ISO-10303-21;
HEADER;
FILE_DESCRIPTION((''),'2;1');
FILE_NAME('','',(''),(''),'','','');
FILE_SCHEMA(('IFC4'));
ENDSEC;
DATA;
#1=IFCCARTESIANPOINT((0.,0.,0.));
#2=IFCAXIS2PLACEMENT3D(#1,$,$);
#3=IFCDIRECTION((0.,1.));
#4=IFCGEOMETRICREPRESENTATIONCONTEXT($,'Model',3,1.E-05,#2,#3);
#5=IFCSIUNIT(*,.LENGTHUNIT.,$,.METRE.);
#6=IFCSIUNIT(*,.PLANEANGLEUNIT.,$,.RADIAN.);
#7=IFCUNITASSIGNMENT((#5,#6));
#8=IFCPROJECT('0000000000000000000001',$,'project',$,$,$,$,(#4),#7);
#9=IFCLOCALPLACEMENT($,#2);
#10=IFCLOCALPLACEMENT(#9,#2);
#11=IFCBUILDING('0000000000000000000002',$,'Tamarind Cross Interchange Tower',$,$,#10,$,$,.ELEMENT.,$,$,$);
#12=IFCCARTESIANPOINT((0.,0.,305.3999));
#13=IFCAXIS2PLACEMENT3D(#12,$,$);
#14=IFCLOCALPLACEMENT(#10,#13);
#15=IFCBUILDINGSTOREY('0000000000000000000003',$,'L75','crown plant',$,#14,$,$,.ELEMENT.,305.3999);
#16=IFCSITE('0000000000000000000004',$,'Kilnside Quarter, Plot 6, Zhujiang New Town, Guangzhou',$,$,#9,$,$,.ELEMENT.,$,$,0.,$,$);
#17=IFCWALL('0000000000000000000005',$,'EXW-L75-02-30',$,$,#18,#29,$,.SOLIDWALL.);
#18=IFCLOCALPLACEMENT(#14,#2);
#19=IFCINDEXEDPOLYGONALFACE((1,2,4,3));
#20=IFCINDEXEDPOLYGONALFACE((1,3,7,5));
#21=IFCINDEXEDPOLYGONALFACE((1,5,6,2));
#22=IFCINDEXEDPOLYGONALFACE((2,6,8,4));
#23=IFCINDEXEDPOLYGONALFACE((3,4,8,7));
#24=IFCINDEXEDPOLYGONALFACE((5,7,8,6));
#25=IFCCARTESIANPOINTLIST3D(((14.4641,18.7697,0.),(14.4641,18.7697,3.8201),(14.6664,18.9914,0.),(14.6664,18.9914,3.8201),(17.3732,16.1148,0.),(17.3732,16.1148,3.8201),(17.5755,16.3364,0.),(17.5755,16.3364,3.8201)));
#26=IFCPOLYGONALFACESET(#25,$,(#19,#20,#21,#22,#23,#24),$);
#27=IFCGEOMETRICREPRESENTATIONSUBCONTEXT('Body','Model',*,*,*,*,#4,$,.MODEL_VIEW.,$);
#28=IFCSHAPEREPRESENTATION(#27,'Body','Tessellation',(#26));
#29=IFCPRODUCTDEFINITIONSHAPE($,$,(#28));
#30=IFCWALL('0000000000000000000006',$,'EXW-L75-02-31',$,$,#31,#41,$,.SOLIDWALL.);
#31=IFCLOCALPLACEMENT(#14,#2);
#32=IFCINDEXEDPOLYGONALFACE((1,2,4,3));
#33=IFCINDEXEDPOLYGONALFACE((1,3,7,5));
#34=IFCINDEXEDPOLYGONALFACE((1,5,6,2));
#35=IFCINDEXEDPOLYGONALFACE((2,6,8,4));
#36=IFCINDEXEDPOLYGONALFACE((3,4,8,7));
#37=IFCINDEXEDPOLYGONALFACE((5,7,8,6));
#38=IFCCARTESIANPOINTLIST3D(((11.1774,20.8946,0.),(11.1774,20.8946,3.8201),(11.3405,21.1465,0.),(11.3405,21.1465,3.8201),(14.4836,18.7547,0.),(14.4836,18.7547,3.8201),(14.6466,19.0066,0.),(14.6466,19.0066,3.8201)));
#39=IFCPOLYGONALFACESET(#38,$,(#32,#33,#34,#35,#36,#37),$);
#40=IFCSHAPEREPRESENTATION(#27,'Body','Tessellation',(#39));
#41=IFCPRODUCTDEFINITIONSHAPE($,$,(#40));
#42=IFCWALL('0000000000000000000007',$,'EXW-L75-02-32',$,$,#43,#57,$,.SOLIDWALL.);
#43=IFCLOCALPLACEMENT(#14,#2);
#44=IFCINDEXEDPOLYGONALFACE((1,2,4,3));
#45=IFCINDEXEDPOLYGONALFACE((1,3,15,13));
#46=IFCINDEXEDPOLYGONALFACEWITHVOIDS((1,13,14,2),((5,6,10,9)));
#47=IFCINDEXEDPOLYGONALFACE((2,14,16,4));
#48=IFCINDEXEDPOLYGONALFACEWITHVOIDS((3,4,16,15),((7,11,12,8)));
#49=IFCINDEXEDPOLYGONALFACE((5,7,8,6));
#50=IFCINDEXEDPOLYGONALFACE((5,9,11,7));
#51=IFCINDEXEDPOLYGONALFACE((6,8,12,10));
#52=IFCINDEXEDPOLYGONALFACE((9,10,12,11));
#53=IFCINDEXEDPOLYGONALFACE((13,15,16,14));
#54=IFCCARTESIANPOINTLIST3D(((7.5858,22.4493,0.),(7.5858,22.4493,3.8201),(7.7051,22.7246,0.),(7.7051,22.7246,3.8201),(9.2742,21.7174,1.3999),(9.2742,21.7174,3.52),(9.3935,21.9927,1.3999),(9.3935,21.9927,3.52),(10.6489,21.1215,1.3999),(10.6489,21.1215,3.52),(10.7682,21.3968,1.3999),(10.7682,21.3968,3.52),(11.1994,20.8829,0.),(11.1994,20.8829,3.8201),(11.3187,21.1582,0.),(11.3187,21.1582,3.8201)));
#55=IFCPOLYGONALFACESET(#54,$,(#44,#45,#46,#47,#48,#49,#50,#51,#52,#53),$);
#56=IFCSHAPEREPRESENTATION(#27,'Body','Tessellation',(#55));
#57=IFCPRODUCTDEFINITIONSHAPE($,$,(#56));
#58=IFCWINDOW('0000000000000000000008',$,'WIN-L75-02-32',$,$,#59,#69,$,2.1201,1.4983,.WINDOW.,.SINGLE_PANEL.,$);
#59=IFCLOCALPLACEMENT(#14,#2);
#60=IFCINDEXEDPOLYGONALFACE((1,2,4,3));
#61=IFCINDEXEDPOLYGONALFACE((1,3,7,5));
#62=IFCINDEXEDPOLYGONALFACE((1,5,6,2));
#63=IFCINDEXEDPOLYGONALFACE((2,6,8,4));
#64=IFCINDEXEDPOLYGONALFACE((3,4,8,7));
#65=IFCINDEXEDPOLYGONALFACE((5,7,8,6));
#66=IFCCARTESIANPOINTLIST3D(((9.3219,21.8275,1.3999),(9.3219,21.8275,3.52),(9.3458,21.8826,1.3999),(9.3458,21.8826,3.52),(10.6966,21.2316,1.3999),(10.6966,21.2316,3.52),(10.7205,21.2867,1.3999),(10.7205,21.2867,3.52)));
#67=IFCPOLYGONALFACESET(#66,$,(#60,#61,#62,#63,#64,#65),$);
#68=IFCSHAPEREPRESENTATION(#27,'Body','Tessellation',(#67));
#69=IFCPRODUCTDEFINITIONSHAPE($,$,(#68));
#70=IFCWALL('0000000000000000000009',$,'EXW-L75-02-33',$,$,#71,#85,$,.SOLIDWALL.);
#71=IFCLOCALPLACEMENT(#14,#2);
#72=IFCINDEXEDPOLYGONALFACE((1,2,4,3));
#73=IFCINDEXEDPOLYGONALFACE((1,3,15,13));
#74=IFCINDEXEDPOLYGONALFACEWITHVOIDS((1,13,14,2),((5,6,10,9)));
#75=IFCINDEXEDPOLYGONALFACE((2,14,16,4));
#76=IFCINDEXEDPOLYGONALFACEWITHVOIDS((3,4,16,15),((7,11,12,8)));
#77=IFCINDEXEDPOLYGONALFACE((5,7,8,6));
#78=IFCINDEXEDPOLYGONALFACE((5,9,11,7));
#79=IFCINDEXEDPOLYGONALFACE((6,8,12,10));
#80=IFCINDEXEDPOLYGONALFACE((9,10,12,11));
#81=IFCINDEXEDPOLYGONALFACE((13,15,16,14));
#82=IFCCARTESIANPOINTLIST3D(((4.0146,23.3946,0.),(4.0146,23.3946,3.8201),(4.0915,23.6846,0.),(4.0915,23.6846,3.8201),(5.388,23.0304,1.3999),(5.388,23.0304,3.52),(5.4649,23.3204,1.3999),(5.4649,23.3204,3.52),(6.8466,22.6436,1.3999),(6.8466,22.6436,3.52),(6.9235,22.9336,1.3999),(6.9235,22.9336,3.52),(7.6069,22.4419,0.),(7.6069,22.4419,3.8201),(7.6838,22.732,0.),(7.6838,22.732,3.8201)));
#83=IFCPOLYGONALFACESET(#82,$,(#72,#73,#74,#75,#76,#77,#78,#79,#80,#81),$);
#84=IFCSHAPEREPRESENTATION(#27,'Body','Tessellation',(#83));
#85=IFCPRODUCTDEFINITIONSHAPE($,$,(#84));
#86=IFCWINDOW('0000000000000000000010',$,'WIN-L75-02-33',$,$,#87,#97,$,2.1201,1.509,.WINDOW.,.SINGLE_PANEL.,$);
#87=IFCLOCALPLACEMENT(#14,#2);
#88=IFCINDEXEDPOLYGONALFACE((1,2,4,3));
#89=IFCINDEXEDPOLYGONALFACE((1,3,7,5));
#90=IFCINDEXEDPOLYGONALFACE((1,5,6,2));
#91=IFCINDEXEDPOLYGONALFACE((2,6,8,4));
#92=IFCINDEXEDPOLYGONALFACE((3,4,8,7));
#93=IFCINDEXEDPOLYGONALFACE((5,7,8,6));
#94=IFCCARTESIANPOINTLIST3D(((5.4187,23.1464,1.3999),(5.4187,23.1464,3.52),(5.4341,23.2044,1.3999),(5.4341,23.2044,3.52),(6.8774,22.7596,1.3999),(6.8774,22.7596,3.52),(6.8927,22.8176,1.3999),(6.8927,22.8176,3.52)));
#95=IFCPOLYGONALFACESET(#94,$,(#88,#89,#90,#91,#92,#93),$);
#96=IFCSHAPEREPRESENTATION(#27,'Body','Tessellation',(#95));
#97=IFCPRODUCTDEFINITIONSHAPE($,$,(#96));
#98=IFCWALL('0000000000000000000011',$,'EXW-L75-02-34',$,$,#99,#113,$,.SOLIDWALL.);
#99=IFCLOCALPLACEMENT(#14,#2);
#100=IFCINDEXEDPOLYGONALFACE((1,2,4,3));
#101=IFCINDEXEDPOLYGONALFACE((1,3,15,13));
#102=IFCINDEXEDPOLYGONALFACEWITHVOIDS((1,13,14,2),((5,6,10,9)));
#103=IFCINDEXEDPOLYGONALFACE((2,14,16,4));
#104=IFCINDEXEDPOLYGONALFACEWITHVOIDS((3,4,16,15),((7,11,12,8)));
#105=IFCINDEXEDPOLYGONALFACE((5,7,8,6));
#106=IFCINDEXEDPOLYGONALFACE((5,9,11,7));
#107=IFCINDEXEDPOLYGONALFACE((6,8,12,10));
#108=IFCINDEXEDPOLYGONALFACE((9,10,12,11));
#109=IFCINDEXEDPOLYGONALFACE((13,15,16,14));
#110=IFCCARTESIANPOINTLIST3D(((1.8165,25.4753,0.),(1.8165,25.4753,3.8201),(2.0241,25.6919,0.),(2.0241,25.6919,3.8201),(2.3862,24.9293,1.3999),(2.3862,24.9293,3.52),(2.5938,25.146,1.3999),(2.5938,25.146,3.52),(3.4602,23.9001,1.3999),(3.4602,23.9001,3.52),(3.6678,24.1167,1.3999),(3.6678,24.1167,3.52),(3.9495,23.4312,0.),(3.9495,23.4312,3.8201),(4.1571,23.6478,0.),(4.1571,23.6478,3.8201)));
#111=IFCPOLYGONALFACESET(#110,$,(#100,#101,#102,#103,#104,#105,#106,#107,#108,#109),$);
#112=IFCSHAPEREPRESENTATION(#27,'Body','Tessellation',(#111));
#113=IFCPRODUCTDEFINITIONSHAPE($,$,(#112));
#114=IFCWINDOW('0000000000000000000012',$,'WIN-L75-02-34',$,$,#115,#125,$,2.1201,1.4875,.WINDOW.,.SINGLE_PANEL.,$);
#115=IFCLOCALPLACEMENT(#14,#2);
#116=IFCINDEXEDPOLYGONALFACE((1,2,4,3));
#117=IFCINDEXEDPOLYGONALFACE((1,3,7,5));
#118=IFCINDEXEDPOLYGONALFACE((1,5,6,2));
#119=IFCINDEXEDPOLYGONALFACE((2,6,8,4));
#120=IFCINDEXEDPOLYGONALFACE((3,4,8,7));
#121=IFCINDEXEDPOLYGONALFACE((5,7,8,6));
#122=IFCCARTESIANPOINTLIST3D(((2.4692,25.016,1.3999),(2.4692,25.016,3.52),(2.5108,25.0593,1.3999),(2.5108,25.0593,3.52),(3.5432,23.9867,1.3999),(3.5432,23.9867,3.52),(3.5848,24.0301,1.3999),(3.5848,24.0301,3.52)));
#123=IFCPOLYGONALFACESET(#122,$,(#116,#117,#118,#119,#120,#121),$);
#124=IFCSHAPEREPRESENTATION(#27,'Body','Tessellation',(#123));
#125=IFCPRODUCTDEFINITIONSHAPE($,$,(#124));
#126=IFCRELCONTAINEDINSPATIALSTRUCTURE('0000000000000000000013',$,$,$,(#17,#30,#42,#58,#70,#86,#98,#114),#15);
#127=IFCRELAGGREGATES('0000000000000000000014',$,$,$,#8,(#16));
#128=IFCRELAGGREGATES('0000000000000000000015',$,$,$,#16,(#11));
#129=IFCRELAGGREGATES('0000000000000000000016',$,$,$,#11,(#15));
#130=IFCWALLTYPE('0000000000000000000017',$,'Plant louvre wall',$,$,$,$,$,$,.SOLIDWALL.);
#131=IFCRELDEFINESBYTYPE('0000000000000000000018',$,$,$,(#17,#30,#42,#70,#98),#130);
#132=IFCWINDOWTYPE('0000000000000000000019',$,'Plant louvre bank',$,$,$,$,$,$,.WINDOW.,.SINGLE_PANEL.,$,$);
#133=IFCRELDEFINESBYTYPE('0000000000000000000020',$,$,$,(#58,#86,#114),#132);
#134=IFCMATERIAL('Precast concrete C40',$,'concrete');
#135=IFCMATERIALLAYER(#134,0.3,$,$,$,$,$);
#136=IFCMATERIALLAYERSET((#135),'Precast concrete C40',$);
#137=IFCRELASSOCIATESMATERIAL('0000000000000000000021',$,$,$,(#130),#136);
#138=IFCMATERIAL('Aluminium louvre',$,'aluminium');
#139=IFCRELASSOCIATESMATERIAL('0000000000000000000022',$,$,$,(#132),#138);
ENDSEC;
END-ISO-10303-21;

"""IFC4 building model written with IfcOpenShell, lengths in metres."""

from ifc_helpers import new_model, si_unit, direction, frame, frame_2d, origin, place, context, subcontext, project, spatial, rectangle, extrude, material, layer, layer_set, type_object, element, fill, save


model = new_model("IFC4")

# Units and contexts
model_context = context("Model", 3, precision=1e-05, world=origin(), true_north=direction((0.0, 1.0)))
body_context = subcontext(model_context, "Body", "Model", "MODEL_VIEW")
ifc_project = project(units=[si_unit("LENGTHUNIT", "METRE"), si_unit("PLANEANGLEUNIT", "RADIAN")], contexts=[model_context])

# Site, building, storey
site_placement = place(None, origin())
site = spatial("IfcSite", under=ifc_project, at=site_placement, Name="Kilnside Quarter, Plot 6, Zhujiang New Town, Guangzhou", CompositionType="ELEMENT", RefElevation=0.0)
building_placement = place(site_placement, origin())
building = spatial("IfcBuilding", under=site, at=building_placement, Name="Tamarind Cross Interchange Tower", CompositionType="ELEMENT")
storey_placement = place(building_placement, frame((0.0, 0.0, 305.3999)))
storey = spatial("IfcBuildingStorey", under=building, at=storey_placement, Name="L75", Description="crown plant", CompositionType="ELEMENT", Elevation=305.3999)

# Walls
ifc_material_1 = material(Name="Precast concrete C40", Category="concrete")
ifc_layer = layer(ifc_material_1, 0.3)
ifc_layer_set = layer_set([ifc_layer], Name="Precast concrete C40")
wall_type = type_object("IfcWallType", Name="Plant louvre wall", PredefinedType="SOLIDWALL", material=ifc_layer_set)
wall_1_placement = place(storey_placement, frame((17.4744, 16.2256, 0.0), z_axis=(0.0, 0.0, 1.0), x_axis=(-0.738634, 0.674106, 0.0)))
element("IfcWall", 1, at=wall_1_placement, inside=storey, type_object=wall_type, Name="EXW-L75-02-30", PredefinedType="SOLIDWALL", context=body_context, shape_type="SweptSolid", body=[
    extrude(rectangle(XDim=3.9385, YDim=0.3, at=frame_2d((1.9692, 0.0))), origin(), (0.0, 0.0, 1.0), 3.8201),
])
wall_2_placement = place(storey_placement, frame((14.5652, 18.8806, 0.0), z_axis=(0.0, 0.0, 1.0), x_axis=(-0.839499, 0.543362, 0.0)))
element("IfcWall", 2, at=wall_2_placement, inside=storey, type_object=wall_type, Name="EXW-L75-02-31", PredefinedType="SOLIDWALL", context=body_context, shape_type="SweptSolid", body=[
    extrude(rectangle(XDim=3.9382, YDim=0.3, at=frame_2d((1.9692, 0.0))), origin(), (0.0, 0.0, 1.0), 3.8201),
])

# Walls, openings, windows
wall_3_placement = place(storey_placement, frame((11.259, 21.0205, 0.0), z_axis=(0.0, 0.0, 1.0), x_axis=(-0.917505, 0.397724, 0.0)))
wall_3 = element("IfcWall", 3, at=wall_3_placement, inside=storey, type_object=wall_type, Name="EXW-L75-02-32", PredefinedType="SOLIDWALL", context=body_context, shape_type="SweptSolid", body=[
    extrude(rectangle(XDim=3.9385, YDim=0.3, at=frame_2d((1.9692, 0.0))), origin(), (0.0, 0.0, 1.0), 3.8201),
])
opening_1_placement = place(wall_3_placement, frame((0.6001, 0.0, 1.3999)))
opening_1 = element("IfcOpeningElement", 4, at=opening_1_placement, cuts=wall_3, PredefinedType="OPENING", context=body_context, shape_type="SweptSolid", body=[
    extrude(rectangle(XDim=1.4983, YDim=2.1201, at=frame_2d((0.749, 1.0601))), frame((0.0, 0.1599, 0.0), z_axis=(0.0, -1.0, 0.0), x_axis=(1.0, 0.0, 0.0)), (0.0, 0.0, 1.0), 0.3201),
])
ifc_material_2 = material(Name="Aluminium louvre", Category="aluminium")
window_type = type_object("IfcWindowType", Name="Plant louvre bank", PartitioningType="SINGLE_PANEL", PredefinedType="WINDOW", material=ifc_material_2)
window_1_placement = place(opening_1_placement, origin())
window_1 = element("IfcWindow", 5, at=window_1_placement, inside=storey, type_object=window_type, Name="WIN-L75-02-32", OverallHeight=2.1201, OverallWidth=1.4983, PartitioningType="SINGLE_PANEL", PredefinedType="WINDOW", context=body_context, shape_type="SweptSolid", body=[
    extrude(rectangle(XDim=1.4983, YDim=2.1201, at=frame_2d((0.749, 1.0601))), frame((0.0, 0.03, 0.0), z_axis=(0.0, -1.0, 0.0), x_axis=(1.0, 0.0, 0.0)), (0.0, 0.0, 1.0), 0.0601),
])
fill(opening_1, window_1)
wall_4_placement = place(storey_placement, frame((7.6455, 22.5869, 0.0), z_axis=(0.0, 0.0, 1.0), x_axis=(-0.966589, 0.256329, 0.0)))
wall_4 = element("IfcWall", 6, at=wall_4_placement, inside=storey, type_object=wall_type, Name="EXW-L75-02-33", PredefinedType="SOLIDWALL", context=body_context, shape_type="SweptSolid", body=[
    extrude(rectangle(XDim=3.7166, YDim=0.3, at=frame_2d((1.8584, 0.0))), origin(), (0.0, 0.0, 1.0), 3.8201),
])
opening_2_placement = place(wall_4_placement, frame((0.7869, 0.0, 1.3999)))
opening_2 = element("IfcOpeningElement", 7, at=opening_2_placement, cuts=wall_4, PredefinedType="OPENING", context=body_context, shape_type="SweptSolid", body=[
    extrude(rectangle(XDim=1.509, YDim=2.1201, at=frame_2d((0.7544, 1.0601))), frame((0.0, 0.1599, 0.0), z_axis=(0.0, -1.0, 0.0), x_axis=(1.0, 0.0, 0.0)), (0.0, 0.0, 1.0), 0.3201),
])
window_2_placement = place(opening_2_placement, origin())
window_2 = element("IfcWindow", 8, at=window_2_placement, inside=storey, type_object=window_type, Name="WIN-L75-02-33", OverallHeight=2.1201, OverallWidth=1.509, PartitioningType="SINGLE_PANEL", PredefinedType="WINDOW", context=body_context, shape_type="SweptSolid", body=[
    extrude(rectangle(XDim=1.509, YDim=2.1201, at=frame_2d((0.7544, 1.0601))), frame((0.0, 0.03, 0.0), z_axis=(0.0, -1.0, 0.0), x_axis=(1.0, 0.0, 0.0)), (0.0, 0.0, 1.0), 0.0601),
])
fill(opening_2, window_2)
wall_5_placement = place(storey_placement, frame((4.0532, 23.5396, 0.0), z_axis=(0.0, 0.0, 1.0), x_axis=(-0.721986, 0.691907, 0.0)))
wall_5 = element("IfcWall", 9, at=wall_5_placement, inside=storey, type_object=wall_type, Name="EXW-L75-02-34", PredefinedType="SOLIDWALL", context=body_context, shape_type="SweptSolid", body=[
    extrude(rectangle(XDim=2.9543, YDim=0.3, at=frame_2d((1.4771, 0.0))), origin(), (0.0, 0.0, 1.0), 3.8201),
])
opening_3_placement = place(wall_5_placement, frame((0.6777, 0.0, 1.3999)))
opening_3 = element("IfcOpeningElement", 10, at=opening_3_placement, cuts=wall_5, PredefinedType="OPENING", context=body_context, shape_type="SweptSolid", body=[
    extrude(rectangle(XDim=1.4875, YDim=2.1201, at=frame_2d((0.7437, 1.0601))), frame((0.0, 0.1599, 0.0), z_axis=(0.0, -1.0, 0.0), x_axis=(1.0, 0.0, 0.0)), (0.0, 0.0, 1.0), 0.3201),
])
window_3_placement = place(opening_3_placement, origin())
window_3 = element("IfcWindow", 11, at=window_3_placement, inside=storey, type_object=window_type, Name="WIN-L75-02-34", OverallHeight=2.1201, OverallWidth=1.4875, PartitioningType="SINGLE_PANEL", PredefinedType="WINDOW", context=body_context, shape_type="SweptSolid", body=[
    extrude(rectangle(XDim=1.4875, YDim=2.1201, at=frame_2d((0.7437, 1.0601))), frame((0.0, 0.03, 0.0), z_axis=(0.0, -1.0, 0.0), x_axis=(1.0, 0.0, 0.0)), (0.0, 0.0, 1.0), 0.0601),
])
fill(opening_3, window_3)

save(model, "model.ifc")
